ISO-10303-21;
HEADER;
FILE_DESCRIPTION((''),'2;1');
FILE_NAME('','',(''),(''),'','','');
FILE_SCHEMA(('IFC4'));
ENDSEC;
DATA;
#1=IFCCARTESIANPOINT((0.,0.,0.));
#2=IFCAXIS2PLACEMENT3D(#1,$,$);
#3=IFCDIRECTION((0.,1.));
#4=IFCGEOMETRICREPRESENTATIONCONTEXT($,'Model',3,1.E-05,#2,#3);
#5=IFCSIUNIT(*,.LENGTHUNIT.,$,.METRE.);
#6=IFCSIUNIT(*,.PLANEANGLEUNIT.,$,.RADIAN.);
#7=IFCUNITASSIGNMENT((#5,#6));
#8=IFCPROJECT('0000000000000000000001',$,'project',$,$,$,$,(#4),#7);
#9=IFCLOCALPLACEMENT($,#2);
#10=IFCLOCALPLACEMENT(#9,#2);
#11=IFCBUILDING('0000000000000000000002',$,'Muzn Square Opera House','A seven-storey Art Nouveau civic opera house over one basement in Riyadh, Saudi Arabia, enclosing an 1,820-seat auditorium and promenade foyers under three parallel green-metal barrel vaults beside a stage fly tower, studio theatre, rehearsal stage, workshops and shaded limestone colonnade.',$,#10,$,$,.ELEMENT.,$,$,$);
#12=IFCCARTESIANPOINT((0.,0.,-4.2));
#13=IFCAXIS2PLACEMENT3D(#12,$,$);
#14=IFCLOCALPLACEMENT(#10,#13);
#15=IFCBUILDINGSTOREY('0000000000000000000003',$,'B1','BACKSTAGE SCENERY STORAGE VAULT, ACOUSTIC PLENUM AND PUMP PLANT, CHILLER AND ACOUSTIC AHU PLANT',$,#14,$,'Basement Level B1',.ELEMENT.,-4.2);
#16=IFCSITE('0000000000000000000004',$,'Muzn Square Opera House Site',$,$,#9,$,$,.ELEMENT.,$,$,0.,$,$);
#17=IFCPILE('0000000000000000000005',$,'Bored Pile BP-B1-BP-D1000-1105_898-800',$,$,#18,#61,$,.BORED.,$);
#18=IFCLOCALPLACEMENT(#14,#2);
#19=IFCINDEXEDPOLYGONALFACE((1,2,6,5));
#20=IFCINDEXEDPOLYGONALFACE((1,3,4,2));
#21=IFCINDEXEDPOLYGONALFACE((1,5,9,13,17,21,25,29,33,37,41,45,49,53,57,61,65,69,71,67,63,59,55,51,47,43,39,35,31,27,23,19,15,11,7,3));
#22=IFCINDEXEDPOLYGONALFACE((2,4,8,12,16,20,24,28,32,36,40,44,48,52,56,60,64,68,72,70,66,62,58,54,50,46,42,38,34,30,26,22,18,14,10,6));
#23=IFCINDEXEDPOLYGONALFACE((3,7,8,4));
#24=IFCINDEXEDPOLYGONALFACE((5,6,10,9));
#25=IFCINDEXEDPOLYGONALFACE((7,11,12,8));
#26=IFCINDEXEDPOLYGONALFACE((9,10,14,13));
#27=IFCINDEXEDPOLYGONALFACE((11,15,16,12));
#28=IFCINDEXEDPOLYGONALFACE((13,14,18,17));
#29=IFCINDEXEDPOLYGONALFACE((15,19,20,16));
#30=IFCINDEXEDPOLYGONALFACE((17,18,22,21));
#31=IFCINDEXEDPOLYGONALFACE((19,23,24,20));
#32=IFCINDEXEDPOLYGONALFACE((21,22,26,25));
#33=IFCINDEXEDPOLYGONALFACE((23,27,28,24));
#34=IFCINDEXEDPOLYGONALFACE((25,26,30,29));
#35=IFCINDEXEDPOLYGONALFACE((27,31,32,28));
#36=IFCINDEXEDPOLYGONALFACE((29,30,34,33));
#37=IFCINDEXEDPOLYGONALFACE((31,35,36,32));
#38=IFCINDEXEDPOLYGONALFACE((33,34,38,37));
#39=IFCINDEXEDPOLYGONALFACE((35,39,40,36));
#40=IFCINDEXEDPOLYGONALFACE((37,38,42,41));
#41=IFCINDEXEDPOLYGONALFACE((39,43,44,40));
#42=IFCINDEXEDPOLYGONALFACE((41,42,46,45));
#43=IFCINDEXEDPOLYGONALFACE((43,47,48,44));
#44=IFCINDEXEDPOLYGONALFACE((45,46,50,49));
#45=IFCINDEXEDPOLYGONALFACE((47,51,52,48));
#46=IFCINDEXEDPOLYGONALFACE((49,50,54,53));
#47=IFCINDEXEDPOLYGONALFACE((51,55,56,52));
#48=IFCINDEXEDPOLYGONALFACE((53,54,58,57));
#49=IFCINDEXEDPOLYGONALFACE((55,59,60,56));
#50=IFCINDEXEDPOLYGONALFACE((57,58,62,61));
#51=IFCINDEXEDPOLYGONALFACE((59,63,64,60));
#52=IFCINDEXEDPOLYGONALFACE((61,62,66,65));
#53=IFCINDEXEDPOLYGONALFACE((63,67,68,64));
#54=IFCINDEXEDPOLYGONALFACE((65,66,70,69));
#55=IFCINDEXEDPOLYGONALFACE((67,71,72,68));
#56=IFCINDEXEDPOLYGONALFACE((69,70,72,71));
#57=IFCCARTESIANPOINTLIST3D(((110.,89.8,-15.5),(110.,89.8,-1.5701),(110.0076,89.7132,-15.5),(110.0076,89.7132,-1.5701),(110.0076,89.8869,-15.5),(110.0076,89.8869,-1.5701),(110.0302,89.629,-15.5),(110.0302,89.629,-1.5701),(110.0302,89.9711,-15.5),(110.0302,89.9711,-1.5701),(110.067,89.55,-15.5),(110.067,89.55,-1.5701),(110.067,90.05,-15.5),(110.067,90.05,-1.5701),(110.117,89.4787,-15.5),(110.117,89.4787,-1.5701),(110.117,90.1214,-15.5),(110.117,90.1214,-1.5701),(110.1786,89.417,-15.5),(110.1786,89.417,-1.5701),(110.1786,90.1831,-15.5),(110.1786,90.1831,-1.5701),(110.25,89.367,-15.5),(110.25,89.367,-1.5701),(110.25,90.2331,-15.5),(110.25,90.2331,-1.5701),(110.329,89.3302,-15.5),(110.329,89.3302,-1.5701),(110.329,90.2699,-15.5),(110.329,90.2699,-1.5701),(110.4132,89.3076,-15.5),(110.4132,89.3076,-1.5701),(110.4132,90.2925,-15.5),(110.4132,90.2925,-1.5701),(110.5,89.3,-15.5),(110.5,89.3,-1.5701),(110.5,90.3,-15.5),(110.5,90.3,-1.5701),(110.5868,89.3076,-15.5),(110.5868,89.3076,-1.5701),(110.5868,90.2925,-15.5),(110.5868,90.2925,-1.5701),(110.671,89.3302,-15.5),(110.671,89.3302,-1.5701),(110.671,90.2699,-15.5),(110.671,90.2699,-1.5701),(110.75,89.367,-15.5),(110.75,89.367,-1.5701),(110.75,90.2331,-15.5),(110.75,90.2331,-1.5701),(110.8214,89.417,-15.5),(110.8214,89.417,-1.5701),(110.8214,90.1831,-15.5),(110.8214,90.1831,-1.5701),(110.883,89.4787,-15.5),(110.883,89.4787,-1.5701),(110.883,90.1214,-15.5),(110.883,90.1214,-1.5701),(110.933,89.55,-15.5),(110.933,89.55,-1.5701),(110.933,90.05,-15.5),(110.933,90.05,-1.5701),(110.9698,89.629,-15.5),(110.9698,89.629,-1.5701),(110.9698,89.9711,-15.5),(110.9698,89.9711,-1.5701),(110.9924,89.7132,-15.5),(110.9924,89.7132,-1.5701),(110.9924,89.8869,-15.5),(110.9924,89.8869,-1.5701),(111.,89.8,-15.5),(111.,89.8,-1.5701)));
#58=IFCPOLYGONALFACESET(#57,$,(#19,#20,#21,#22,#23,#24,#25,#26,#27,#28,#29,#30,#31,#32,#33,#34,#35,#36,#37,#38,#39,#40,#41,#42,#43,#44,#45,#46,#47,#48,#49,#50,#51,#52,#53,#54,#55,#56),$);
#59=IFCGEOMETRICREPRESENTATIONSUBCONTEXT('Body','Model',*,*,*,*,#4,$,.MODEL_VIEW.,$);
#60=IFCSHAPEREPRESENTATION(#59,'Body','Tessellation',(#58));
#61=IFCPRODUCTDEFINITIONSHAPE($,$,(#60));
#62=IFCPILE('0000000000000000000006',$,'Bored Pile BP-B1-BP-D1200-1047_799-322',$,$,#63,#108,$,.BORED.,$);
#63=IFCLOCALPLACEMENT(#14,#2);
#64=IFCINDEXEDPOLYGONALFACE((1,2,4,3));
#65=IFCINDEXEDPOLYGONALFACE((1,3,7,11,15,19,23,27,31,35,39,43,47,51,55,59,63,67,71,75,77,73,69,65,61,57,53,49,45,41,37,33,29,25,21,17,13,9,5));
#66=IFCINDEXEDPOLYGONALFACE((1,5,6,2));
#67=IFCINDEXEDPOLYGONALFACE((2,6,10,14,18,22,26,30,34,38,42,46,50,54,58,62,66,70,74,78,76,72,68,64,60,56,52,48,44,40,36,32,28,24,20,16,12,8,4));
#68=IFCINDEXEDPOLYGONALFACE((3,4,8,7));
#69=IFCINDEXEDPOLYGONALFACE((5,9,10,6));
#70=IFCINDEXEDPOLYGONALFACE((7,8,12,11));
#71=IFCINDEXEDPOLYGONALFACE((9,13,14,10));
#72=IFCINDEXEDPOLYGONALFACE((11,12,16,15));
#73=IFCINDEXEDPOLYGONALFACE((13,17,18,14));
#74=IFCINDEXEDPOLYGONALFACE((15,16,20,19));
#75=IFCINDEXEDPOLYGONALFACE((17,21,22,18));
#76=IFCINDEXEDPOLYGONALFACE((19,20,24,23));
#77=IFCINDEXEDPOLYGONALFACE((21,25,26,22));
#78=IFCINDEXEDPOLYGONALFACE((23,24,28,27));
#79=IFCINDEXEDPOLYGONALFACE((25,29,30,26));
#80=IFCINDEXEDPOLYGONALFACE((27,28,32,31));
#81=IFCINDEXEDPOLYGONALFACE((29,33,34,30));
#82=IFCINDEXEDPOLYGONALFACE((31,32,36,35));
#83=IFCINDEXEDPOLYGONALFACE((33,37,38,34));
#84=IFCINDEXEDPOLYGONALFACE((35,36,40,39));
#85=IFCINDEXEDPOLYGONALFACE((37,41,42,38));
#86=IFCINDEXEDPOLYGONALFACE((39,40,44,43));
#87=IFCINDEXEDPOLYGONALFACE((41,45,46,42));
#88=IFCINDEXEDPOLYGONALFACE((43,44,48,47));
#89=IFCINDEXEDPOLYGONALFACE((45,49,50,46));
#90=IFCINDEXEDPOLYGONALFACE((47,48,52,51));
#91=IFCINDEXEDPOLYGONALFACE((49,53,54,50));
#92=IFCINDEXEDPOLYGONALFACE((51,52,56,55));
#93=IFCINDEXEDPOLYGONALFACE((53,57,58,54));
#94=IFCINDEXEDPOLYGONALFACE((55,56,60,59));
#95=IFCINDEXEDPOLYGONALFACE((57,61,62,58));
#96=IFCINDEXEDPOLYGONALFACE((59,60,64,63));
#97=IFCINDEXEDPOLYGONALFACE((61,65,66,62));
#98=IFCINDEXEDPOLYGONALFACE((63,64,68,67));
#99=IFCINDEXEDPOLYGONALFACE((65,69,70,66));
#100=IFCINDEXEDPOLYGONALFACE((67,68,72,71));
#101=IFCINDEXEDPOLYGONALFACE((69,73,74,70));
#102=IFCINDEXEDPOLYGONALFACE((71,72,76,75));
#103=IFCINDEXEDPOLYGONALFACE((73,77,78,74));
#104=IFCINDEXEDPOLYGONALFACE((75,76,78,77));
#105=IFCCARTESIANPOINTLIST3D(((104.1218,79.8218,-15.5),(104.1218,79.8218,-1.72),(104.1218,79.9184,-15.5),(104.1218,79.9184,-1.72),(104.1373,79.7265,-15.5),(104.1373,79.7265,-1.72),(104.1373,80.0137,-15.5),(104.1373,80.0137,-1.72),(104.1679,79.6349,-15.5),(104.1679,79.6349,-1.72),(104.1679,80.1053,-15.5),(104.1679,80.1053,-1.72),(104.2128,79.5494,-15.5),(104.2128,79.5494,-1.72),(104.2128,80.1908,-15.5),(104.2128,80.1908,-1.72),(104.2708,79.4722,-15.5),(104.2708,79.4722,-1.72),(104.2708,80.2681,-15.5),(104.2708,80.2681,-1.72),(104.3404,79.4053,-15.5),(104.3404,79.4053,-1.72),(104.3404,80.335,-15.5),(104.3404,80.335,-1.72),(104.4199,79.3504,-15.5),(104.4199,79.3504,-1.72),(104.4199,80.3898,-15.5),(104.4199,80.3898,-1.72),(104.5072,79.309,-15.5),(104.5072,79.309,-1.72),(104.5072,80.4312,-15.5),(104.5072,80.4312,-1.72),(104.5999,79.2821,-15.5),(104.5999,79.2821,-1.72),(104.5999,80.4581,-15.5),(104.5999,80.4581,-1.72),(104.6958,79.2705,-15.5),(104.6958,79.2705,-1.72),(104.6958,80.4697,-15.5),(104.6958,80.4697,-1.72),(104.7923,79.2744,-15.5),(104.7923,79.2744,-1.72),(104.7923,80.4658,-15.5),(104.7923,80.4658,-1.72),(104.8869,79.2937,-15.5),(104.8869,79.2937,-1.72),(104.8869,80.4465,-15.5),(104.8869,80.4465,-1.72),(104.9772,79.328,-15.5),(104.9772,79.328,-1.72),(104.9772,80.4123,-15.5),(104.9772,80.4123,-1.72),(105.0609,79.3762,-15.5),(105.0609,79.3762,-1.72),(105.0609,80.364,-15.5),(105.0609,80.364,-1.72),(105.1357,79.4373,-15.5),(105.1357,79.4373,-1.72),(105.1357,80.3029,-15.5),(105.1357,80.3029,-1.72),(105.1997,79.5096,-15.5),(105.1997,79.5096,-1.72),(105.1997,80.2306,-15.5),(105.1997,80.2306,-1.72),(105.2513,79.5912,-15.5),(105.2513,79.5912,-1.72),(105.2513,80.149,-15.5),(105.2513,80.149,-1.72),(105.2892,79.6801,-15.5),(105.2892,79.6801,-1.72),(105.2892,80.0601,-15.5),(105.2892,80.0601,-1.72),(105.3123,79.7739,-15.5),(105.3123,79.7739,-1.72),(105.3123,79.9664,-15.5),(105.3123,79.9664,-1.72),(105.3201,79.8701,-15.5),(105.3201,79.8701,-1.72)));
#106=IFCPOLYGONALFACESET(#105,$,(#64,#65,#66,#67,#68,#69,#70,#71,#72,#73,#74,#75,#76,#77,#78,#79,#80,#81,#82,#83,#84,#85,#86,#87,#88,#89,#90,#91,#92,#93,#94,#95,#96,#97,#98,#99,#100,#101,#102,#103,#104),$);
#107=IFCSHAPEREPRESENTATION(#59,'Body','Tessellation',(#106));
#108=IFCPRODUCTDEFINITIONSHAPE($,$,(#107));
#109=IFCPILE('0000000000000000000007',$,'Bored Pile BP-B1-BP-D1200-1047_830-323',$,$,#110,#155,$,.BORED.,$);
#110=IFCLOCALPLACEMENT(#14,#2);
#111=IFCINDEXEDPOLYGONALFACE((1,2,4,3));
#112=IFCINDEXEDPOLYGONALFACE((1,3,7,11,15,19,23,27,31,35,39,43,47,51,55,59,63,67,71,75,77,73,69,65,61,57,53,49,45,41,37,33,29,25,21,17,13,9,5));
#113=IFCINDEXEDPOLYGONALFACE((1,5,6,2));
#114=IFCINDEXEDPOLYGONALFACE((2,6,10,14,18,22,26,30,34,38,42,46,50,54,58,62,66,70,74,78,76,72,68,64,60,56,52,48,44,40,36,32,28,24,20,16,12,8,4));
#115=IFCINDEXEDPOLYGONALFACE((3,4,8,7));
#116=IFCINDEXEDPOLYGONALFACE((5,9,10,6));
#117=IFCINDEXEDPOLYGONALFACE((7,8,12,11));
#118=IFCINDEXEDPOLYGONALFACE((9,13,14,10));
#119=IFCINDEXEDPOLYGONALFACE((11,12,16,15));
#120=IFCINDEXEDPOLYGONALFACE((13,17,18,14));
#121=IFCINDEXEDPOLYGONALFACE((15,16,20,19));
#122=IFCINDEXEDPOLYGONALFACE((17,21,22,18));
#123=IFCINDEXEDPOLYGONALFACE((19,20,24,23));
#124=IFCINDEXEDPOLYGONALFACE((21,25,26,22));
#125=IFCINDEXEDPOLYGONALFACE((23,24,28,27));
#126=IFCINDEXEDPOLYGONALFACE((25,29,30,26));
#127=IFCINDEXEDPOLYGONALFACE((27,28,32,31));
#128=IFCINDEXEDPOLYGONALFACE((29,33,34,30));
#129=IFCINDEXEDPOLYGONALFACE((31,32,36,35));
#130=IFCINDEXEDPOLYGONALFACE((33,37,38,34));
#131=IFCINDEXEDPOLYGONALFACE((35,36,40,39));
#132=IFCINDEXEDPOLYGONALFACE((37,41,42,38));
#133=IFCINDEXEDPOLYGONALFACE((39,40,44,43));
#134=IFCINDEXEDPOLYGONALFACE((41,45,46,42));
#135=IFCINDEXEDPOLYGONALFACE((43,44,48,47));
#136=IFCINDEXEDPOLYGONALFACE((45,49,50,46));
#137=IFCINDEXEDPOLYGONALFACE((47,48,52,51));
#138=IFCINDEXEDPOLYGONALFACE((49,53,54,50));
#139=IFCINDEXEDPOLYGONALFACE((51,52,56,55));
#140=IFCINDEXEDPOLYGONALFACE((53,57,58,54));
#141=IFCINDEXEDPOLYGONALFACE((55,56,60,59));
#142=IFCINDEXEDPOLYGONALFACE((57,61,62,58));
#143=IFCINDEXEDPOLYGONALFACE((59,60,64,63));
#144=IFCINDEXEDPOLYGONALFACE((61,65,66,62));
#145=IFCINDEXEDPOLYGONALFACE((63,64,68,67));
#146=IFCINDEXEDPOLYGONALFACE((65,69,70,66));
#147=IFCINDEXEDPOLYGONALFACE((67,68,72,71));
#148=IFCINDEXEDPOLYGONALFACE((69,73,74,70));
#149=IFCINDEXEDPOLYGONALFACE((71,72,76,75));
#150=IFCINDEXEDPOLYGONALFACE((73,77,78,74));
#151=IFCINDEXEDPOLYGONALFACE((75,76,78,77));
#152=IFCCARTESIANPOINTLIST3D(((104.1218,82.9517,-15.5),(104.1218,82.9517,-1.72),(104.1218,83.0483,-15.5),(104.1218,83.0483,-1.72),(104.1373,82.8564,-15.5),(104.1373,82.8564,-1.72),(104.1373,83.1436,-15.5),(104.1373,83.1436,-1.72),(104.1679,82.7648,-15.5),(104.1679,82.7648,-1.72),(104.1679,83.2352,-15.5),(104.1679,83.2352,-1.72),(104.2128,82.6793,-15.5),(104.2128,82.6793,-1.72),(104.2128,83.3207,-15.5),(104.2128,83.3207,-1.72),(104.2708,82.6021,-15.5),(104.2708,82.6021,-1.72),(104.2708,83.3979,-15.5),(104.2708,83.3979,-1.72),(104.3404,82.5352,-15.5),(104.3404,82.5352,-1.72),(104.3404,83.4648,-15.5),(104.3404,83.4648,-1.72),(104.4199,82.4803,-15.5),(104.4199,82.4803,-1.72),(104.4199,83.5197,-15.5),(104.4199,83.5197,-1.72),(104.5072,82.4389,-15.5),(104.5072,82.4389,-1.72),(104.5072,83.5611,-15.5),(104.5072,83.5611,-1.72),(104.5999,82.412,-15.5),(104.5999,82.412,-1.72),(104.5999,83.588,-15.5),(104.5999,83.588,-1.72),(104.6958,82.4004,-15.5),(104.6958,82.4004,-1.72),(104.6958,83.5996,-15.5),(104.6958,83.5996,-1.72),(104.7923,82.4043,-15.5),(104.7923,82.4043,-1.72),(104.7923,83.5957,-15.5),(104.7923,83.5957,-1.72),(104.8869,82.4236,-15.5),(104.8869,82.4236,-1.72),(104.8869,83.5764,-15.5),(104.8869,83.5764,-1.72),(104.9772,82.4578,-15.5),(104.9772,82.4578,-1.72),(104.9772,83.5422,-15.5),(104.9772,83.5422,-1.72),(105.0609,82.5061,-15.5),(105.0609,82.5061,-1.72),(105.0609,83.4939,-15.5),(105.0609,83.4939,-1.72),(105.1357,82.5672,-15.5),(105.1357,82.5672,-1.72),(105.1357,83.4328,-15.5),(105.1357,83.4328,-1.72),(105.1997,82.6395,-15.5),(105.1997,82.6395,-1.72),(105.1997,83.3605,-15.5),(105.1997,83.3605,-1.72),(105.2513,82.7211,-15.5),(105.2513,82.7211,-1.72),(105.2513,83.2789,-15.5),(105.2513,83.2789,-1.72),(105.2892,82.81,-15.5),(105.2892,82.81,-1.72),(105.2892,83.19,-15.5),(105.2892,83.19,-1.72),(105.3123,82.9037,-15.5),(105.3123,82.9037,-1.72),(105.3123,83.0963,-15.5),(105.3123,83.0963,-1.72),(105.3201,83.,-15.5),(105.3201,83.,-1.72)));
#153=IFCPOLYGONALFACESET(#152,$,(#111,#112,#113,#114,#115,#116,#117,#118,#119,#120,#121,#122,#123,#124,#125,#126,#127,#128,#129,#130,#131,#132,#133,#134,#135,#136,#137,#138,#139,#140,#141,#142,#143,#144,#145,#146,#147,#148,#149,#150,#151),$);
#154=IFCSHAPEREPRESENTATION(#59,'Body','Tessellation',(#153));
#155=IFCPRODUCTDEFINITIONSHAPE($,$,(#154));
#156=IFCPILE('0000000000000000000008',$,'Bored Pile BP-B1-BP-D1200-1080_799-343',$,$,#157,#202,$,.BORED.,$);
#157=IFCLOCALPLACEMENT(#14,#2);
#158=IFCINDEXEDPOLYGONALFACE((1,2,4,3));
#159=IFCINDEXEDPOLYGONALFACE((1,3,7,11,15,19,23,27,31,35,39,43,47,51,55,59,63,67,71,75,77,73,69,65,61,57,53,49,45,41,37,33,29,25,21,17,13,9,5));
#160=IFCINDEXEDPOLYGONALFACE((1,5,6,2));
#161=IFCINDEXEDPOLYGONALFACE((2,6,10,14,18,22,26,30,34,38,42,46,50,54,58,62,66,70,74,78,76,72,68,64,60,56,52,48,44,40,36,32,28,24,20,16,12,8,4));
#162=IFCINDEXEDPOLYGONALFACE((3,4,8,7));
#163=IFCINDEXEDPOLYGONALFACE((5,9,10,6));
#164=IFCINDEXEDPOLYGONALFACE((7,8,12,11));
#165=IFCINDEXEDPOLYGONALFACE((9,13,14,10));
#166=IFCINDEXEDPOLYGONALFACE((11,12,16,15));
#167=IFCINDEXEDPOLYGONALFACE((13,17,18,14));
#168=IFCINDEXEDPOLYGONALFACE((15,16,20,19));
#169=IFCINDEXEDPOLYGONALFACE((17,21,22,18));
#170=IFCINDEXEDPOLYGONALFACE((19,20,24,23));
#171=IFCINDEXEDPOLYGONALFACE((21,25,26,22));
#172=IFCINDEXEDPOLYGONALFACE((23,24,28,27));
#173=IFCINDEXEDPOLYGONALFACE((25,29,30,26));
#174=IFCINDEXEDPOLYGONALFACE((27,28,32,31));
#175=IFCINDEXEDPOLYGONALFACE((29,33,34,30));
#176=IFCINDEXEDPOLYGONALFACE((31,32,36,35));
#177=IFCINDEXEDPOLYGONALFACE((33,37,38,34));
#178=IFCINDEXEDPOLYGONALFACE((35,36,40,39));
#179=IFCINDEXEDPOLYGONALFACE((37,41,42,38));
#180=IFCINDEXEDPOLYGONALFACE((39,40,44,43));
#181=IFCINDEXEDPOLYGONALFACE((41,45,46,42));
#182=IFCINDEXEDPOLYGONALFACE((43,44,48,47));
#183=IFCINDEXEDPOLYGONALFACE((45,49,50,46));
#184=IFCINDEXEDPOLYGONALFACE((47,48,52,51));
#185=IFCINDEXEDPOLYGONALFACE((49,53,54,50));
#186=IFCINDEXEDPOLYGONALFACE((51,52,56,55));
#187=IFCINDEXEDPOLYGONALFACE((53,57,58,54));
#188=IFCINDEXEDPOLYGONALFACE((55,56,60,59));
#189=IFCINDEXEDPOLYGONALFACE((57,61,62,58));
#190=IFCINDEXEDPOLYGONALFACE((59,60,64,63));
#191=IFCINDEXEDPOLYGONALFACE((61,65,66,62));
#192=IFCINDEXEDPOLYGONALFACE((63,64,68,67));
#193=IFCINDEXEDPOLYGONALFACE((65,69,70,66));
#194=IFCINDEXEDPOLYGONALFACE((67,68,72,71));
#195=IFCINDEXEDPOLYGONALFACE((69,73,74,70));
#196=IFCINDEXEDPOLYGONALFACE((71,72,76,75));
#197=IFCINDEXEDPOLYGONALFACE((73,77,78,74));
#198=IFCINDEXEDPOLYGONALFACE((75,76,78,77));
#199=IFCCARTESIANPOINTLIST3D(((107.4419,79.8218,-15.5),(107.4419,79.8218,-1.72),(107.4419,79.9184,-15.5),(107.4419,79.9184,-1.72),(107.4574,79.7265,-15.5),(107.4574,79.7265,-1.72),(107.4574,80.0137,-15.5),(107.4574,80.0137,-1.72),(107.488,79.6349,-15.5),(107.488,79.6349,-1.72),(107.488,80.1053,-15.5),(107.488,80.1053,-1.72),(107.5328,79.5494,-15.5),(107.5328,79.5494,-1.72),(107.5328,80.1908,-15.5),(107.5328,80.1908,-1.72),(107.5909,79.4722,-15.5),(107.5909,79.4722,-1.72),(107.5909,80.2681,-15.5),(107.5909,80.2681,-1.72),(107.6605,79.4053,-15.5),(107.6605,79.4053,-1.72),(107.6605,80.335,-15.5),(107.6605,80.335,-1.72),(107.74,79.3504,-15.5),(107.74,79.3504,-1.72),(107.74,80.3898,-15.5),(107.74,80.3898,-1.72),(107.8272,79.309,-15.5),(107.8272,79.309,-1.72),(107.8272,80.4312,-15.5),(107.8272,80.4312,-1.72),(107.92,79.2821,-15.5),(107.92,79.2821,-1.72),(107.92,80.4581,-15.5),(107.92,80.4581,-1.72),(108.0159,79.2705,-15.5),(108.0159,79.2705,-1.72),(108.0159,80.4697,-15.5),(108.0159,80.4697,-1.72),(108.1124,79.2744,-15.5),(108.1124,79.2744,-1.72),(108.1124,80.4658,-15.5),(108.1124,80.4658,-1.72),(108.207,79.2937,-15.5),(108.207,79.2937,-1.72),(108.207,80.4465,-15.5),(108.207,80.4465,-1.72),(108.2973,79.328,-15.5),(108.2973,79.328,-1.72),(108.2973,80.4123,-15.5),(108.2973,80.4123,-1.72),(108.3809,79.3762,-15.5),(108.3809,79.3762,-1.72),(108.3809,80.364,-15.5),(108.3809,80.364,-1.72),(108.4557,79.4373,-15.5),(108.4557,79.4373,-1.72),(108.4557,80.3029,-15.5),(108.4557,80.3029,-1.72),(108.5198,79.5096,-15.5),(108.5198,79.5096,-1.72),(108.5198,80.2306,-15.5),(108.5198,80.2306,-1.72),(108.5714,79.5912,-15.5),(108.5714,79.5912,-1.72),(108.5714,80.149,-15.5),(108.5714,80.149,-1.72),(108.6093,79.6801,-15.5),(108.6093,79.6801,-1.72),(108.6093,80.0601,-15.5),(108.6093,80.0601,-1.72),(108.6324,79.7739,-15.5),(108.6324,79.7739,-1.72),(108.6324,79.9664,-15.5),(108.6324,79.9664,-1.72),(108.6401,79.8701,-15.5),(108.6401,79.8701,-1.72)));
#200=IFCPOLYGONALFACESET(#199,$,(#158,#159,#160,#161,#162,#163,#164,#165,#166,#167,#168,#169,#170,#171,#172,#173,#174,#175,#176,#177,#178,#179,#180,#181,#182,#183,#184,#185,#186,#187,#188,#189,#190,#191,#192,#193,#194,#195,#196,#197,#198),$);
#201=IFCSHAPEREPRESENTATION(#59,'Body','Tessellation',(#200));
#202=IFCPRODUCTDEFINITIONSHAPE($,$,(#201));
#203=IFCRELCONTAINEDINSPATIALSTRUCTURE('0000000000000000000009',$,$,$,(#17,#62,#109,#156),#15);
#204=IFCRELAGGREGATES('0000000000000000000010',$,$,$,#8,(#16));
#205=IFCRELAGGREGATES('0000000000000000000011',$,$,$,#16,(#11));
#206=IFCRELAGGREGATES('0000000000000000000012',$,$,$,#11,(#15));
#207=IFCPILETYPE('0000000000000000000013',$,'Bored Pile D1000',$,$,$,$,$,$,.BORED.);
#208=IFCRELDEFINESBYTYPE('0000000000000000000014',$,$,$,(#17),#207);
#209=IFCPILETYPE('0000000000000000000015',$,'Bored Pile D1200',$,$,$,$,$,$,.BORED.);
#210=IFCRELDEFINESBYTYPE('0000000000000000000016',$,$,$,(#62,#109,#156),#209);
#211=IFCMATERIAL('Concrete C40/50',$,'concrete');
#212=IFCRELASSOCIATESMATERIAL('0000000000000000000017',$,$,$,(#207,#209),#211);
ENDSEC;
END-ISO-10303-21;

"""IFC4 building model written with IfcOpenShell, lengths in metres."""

from ifc_helpers import new_model, si_unit, direction, frame, origin, origin_2d, place, context, subcontext, project, spatial, circle, extrude, material, material_profile, profile_set, type_object, element, save


model = new_model("IFC4")

# Units and contexts
model_context = context("Model", 3, precision=1e-05, world=origin(), true_north=direction((0.0, 1.0)))
body_context = subcontext(model_context, "Body", "Model", "MODEL_VIEW")
ifc_project = project(units=[si_unit("LENGTHUNIT", "METRE"), si_unit("PLANEANGLEUNIT", "RADIAN")], contexts=[model_context])

# Site, building, storey
site_placement = place(None, origin())
site = spatial("IfcSite", under=ifc_project, at=site_placement, Name="Muzn Square Opera House Site", CompositionType="ELEMENT", RefElevation=0.0)
building_placement = place(site_placement, origin())
building = spatial("IfcBuilding", under=site, at=building_placement, Name="Muzn Square Opera House", Description="A seven-storey Art Nouveau civic opera house over one basement in Riyadh, Saudi Arabia, enclosing an 1,820-seat auditorium and promenade foyers under three parallel green-metal barrel vaults beside a stage fly tower, studio theatre, rehearsal stage, workshops and shaded limestone colonnade.", CompositionType="ELEMENT")
storey_placement = place(building_placement, frame((0.0, 0.0, -4.2)))
storey = spatial("IfcBuildingStorey", under=building, at=storey_placement, Name="B1", Description="BACKSTAGE SCENERY STORAGE VAULT, ACOUSTIC PLENUM AND PUMP PLANT, CHILLER AND ACOUSTIC AHU PLANT", LongName="Basement Level B1", CompositionType="ELEMENT", Elevation=-4.2)

# Piles
ifc_material_1 = material(Name="Concrete C40/50", Category="concrete")
ifc_material_profile_1 = material_profile(ifc_material_1, circle(Radius=0.5, at=origin_2d()), Name="BORED PILE D1000", Category="concrete")
ifc_profile_set_1 = profile_set([ifc_material_profile_1], Name="Concrete C40/50")
pile_type_1 = type_object("IfcPileType", Name="Bored Pile D1000", PredefinedType="BORED", material=ifc_profile_set_1)
pile_placement = place(storey_placement, frame((110.5, 89.8, -1.5701), z_axis=(0.0, 0.0, -1.0), x_axis=(1.0, 0.0, 0.0)))
element("IfcPile", 1, at=pile_placement, inside=storey, type_object=pile_type_1, Name="Bored Pile BP-B1-BP-D1000-1105_898-800", PredefinedType="BORED", context=body_context, shape_type="SweptSolid", body=[
    extrude(circle(Radius=0.5, at=origin_2d()), origin(), (0.0, 0.0, 1.0), 13.9299),
])
ifc_material_profile_2 = material_profile(ifc_material_1, circle(Radius=0.6001, at=origin_2d()), Name="BORED PILE D1200", Category="concrete")
ifc_profile_set_2 = profile_set([ifc_material_profile_2], Name="Concrete C40/50")
pile_type_2 = type_object("IfcPileType", Name="Bored Pile D1200", PredefinedType="BORED", material=ifc_profile_set_2)
for number, where, z_axis, x_axis, name in (
    (2, (104.72, 79.8701, -1.72), (0.0, 0.0, -1.0), (1.0, 0.0, 0.0), "Bored Pile BP-B1-BP-D1200-1047_799-322"),
    (3, (104.72, 83.0, -1.72), (0.0, 0.0, -1.0), (1.0, 0.0, 0.0), "Bored Pile BP-B1-BP-D1200-1047_830-323"),
    (4, (108.04, 79.8701, -1.72), (0.0, 0.0, -1.0), (1.0, 0.0, 0.0), "Bored Pile BP-B1-BP-D1200-1080_799-343"),
):
    element("IfcPile", number, at=place(storey_placement, frame(where, z_axis=z_axis, x_axis=x_axis)), inside=storey, type_object=pile_type_2, Name=name, PredefinedType="BORED", context=body_context, shape_type="SweptSolid", body=[
        extrude(circle(Radius=0.6001, at=origin_2d()), origin(), (0.0, 0.0, 1.0), 13.78),
    ])

save(model, "model.ifc")
